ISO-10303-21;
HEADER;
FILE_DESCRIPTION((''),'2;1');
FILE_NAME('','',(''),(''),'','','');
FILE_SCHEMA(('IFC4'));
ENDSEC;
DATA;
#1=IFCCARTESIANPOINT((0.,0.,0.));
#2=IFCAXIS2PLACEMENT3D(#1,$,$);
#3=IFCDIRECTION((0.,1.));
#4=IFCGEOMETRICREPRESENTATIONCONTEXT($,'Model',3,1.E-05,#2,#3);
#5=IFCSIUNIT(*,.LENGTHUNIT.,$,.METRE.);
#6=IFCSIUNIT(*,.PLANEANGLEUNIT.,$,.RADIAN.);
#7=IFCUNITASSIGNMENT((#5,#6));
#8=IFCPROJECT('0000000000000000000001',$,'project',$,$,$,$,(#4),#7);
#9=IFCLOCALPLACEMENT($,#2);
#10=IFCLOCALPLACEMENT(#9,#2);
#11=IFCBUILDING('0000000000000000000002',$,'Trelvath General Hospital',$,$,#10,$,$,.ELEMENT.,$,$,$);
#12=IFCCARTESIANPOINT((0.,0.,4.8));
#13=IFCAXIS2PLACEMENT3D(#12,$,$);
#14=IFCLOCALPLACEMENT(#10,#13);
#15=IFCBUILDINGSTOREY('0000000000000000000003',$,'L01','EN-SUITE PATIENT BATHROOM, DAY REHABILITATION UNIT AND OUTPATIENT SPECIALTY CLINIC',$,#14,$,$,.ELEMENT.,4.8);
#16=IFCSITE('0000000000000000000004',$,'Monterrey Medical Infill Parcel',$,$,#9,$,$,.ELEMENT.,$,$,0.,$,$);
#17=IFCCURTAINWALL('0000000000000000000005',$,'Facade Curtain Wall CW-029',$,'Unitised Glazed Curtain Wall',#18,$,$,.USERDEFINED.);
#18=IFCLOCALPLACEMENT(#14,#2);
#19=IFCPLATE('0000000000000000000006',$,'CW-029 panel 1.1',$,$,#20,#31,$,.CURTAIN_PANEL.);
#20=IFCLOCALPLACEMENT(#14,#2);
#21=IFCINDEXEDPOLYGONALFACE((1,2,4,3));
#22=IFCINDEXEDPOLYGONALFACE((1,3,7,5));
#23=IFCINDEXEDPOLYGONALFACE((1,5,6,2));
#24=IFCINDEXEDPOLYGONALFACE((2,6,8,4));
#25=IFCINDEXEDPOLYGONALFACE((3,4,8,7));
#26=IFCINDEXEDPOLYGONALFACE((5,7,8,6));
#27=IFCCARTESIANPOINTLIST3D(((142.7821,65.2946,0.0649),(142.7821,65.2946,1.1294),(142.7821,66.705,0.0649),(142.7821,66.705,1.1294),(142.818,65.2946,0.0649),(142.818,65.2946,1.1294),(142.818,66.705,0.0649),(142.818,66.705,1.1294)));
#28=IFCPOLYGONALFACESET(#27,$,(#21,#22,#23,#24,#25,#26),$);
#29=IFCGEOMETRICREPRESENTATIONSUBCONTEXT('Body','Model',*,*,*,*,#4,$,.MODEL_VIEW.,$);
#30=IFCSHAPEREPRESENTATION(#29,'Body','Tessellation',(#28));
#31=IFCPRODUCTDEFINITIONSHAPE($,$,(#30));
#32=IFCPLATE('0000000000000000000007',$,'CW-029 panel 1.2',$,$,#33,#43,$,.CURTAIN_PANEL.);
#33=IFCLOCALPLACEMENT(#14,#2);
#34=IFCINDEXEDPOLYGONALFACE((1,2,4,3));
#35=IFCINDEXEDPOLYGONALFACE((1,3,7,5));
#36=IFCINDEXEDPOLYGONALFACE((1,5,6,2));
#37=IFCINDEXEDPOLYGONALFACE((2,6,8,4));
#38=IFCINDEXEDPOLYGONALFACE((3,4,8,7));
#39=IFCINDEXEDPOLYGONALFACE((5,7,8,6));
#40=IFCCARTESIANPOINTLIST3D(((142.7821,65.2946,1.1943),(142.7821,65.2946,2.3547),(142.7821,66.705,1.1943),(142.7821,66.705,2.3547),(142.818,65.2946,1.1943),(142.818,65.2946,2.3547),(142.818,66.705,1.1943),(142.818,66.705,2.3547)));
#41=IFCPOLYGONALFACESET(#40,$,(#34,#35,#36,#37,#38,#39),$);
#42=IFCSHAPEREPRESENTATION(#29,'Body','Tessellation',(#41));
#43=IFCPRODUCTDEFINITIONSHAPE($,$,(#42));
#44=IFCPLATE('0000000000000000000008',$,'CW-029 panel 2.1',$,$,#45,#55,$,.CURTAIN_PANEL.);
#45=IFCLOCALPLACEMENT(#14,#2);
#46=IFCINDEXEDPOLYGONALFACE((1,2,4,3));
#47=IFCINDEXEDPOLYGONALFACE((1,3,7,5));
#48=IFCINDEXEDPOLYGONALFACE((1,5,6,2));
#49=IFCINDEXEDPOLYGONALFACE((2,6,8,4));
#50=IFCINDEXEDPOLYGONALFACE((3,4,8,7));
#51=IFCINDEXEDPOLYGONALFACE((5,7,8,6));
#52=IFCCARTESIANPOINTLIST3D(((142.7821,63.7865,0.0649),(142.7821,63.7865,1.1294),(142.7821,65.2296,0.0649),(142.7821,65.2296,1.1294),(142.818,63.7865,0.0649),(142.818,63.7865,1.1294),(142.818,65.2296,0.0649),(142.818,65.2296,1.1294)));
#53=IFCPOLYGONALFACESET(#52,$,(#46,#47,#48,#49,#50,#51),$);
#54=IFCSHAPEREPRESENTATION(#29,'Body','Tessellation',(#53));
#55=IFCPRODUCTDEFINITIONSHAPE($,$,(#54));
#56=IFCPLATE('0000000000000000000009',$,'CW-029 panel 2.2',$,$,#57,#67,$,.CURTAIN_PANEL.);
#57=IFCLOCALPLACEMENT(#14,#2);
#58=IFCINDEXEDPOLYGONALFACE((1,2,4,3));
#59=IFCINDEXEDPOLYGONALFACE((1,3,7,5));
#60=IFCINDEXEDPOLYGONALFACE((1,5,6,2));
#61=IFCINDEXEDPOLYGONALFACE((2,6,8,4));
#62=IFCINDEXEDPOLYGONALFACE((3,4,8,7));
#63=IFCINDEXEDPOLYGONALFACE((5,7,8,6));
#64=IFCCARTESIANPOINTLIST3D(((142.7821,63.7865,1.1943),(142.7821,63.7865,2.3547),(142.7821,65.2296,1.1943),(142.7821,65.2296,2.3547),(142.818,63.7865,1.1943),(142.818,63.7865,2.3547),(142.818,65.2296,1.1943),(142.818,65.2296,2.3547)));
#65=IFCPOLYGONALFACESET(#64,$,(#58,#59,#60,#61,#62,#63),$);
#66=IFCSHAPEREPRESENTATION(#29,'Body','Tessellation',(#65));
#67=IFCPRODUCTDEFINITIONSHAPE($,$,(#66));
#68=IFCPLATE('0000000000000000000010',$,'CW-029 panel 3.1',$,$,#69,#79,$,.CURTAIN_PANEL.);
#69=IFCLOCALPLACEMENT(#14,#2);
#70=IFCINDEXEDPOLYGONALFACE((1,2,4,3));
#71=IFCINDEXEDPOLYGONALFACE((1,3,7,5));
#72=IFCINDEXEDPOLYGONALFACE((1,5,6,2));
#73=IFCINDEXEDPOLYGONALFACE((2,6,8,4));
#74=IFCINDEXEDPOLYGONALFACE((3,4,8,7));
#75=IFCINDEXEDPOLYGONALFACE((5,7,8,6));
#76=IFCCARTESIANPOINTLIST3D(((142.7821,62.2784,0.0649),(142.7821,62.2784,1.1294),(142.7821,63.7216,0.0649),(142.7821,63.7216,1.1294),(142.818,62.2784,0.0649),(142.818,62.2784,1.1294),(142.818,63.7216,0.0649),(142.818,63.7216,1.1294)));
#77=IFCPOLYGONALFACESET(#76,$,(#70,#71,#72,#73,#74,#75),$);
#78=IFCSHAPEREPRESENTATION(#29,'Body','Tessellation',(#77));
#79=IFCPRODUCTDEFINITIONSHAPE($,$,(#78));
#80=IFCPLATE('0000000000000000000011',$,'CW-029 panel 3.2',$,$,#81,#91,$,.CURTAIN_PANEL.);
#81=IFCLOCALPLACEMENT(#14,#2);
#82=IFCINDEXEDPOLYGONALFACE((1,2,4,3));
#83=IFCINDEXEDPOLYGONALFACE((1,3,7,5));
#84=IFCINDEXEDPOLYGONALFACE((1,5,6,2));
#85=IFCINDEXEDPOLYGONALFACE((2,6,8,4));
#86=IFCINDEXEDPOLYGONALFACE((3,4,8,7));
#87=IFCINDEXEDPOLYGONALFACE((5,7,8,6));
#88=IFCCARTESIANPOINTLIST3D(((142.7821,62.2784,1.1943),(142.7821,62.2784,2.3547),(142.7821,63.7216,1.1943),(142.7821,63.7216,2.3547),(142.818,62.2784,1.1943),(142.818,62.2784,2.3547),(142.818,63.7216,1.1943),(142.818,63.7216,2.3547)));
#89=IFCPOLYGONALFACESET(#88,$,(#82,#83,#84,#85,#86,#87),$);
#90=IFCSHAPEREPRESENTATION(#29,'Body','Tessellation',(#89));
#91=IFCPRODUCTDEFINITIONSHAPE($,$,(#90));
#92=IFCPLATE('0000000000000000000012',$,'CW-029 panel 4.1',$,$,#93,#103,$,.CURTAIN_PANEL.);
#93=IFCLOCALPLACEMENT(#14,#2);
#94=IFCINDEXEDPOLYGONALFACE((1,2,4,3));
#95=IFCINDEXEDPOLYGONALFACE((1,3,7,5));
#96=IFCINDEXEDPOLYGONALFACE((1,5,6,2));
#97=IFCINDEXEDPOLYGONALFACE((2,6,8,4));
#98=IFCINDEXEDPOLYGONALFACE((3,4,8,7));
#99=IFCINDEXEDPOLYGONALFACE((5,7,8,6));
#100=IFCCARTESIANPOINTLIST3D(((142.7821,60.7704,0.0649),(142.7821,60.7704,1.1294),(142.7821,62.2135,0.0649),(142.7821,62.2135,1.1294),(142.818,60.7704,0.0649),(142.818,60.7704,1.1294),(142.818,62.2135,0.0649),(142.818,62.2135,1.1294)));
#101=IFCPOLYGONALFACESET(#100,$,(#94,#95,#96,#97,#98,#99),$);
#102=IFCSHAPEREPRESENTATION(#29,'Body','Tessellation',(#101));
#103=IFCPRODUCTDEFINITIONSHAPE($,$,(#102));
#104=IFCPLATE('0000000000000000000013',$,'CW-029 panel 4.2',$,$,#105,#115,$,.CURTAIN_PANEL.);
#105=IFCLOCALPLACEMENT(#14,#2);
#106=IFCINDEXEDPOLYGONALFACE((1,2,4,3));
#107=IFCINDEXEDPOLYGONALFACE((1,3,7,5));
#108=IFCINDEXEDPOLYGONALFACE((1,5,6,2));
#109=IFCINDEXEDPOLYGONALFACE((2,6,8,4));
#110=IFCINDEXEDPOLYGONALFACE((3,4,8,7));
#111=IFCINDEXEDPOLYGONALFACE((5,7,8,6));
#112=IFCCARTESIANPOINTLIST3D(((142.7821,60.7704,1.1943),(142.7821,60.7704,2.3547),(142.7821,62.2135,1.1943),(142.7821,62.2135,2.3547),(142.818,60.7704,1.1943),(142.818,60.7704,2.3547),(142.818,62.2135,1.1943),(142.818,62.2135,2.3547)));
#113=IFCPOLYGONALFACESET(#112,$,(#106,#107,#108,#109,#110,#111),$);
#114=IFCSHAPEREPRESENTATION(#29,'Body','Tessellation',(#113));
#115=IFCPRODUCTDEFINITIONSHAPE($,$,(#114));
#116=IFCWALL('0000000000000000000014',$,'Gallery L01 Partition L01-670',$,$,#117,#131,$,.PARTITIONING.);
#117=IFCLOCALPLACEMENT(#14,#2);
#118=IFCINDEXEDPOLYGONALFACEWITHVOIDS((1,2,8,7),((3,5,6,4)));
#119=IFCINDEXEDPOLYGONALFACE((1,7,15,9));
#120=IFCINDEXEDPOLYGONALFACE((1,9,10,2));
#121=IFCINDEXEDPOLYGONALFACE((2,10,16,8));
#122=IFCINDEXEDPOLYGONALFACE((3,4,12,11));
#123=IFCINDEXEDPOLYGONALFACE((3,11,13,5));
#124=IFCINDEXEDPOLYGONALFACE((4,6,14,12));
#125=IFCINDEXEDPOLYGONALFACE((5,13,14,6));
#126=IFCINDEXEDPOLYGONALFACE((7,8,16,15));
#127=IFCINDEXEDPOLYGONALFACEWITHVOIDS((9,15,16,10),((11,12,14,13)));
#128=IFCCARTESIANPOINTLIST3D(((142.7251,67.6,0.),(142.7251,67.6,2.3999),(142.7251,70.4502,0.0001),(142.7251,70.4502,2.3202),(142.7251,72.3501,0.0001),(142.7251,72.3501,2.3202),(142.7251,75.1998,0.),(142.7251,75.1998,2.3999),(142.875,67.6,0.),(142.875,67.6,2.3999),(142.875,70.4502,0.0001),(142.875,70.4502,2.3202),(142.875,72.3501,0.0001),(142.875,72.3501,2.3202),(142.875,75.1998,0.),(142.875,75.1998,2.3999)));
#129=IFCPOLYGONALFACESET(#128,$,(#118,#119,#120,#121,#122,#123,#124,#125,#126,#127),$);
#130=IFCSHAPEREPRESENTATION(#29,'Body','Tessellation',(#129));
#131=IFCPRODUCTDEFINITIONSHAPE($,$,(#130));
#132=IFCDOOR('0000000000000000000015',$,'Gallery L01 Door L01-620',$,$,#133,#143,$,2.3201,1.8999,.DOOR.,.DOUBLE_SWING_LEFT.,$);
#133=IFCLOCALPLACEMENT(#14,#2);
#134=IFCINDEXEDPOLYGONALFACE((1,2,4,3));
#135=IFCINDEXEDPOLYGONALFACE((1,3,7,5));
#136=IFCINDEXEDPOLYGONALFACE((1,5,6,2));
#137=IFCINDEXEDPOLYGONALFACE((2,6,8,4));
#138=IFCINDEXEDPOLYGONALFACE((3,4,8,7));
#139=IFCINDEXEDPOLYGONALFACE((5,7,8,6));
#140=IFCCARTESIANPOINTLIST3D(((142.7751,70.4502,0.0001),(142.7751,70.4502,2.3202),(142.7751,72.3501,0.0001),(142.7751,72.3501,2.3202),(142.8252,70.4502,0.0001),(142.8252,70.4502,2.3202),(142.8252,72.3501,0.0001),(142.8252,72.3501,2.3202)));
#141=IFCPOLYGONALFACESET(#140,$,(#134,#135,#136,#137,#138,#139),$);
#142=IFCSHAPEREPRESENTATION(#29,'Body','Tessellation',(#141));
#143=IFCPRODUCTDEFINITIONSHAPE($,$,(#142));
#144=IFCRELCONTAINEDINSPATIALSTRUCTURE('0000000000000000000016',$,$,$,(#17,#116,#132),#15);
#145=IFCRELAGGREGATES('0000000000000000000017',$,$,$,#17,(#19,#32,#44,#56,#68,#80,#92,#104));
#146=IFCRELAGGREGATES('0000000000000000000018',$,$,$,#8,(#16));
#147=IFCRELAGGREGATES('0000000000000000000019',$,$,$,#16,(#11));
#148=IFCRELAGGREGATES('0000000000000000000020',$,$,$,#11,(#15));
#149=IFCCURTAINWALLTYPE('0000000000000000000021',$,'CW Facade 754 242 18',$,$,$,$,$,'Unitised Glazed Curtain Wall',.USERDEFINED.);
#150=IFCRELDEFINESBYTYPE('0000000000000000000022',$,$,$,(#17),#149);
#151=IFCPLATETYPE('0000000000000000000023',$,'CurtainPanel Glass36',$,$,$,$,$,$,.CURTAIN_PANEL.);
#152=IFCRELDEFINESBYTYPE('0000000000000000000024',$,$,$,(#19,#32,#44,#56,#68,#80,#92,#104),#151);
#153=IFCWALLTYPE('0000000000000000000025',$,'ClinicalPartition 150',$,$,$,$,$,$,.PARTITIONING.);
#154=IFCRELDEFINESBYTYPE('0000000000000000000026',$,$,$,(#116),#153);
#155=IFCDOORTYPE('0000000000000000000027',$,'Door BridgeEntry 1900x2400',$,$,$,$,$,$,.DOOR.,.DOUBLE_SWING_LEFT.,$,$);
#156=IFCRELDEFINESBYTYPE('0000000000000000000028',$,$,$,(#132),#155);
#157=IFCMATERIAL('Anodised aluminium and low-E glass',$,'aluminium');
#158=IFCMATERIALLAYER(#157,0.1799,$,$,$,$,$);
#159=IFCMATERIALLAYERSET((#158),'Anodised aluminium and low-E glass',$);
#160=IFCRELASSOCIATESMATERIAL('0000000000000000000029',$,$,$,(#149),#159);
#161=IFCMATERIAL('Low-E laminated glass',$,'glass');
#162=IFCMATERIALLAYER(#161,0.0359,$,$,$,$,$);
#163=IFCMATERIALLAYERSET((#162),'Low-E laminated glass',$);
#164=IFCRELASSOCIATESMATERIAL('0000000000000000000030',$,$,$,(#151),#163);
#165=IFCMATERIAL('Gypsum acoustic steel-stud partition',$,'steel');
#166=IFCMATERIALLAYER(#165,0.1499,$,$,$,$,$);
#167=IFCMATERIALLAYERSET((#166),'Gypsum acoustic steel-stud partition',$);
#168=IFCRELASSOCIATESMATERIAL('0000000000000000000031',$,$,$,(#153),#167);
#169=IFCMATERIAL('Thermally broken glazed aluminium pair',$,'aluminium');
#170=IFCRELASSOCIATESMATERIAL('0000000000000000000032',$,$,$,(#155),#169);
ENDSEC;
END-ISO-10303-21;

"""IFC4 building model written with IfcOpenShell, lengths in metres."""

from ifc_helpers import new_model, si_unit, direction, frame, frame_2d, origin, origin_2d, place, context, subcontext, project, spatial, rectangle, extrude, material, layer, layer_set, type_object, element, fill, aggregate, save


model = new_model("IFC4")

# Units and contexts
model_context = context("Model", 3, precision=1e-05, world=origin(), true_north=direction((0.0, 1.0)))
body_context = subcontext(model_context, "Body", "Model", "MODEL_VIEW")
ifc_project = project(units=[si_unit("LENGTHUNIT", "METRE"), si_unit("PLANEANGLEUNIT", "RADIAN")], contexts=[model_context])

# Site, building, storey
site_placement = place(None, origin())
site = spatial("IfcSite", under=ifc_project, at=site_placement, Name="Monterrey Medical Infill Parcel", CompositionType="ELEMENT", RefElevation=0.0)
building_placement = place(site_placement, origin())
building = spatial("IfcBuilding", under=site, at=building_placement, Name="Trelvath General Hospital", CompositionType="ELEMENT")
storey_placement = place(building_placement, frame((0.0, 0.0, 4.8)))
storey = spatial("IfcBuildingStorey", under=building, at=storey_placement, Name="L01", Description="EN-SUITE PATIENT BATHROOM, DAY REHABILITATION UNIT AND OUTPATIENT SPECIALTY CLINIC", CompositionType="ELEMENT", Elevation=4.8)

# Curtain wall
ifc_material_1 = material(Name="Anodised aluminium and low-E glass", Category="aluminium")
ifc_layer_1 = layer(ifc_material_1, 0.1799)
ifc_layer_set_1 = layer_set([ifc_layer_1], Name="Anodised aluminium and low-E glass")
curtain_wall_type = type_object("IfcCurtainWallType", Name="CW Facade 754 242 18", ElementType="Unitised Glazed Curtain Wall", PredefinedType="USERDEFINED", material=ifc_layer_set_1)
curtain_wall_placement = place(storey_placement, origin())
curtain_wall = element("IfcCurtainWall", 1, at=curtain_wall_placement, inside=storey, type_object=curtain_wall_type, Name="Facade Curtain Wall CW-029", ObjectType="Unitised Glazed Curtain Wall", PredefinedType="USERDEFINED")

# Plates
ifc_material_2 = material(Name="Low-E laminated glass", Category="glass")
ifc_layer_2 = layer(ifc_material_2, 0.0359)
ifc_layer_set_2 = layer_set([ifc_layer_2], Name="Low-E laminated glass")
plate_type = type_object("IfcPlateType", Name="CurtainPanel Glass36", PredefinedType="CURTAIN_PANEL", material=ifc_layer_set_2)
plate_1_placement = place(storey_placement, frame((142.8, 65.9998, 0.0649), z_axis=(0.0, 0.0, 1.0), x_axis=(0.0, -1.0, 0.0)))
plate_1 = element("IfcPlate", 2, at=plate_1_placement, type_object=plate_type, Name="CW-029 panel 1.1", PredefinedType="CURTAIN_PANEL", context=body_context, shape_type="SweptSolid", body=[
    extrude(rectangle(XDim=1.4104, YDim=0.0359, at=origin_2d()), origin(), (0.0, 0.0, 1.0), 1.0645),
])
plate_2_placement = place(storey_placement, frame((142.8, 65.9998, 1.1943), z_axis=(0.0, 0.0, 1.0), x_axis=(0.0, -1.0, 0.0)))
plate_2 = element("IfcPlate", 3, at=plate_2_placement, type_object=plate_type, Name="CW-029 panel 1.2", PredefinedType="CURTAIN_PANEL", context=body_context, shape_type="SweptSolid", body=[
    extrude(rectangle(XDim=1.4104, YDim=0.0359, at=origin_2d()), origin(), (0.0, 0.0, 1.0), 1.1604),
])
plate_3_placement = place(storey_placement, frame((142.8, 64.5081, 0.0649), z_axis=(0.0, 0.0, 1.0), x_axis=(0.0, -1.0, 0.0)))
plate_3 = element("IfcPlate", 4, at=plate_3_placement, type_object=plate_type, Name="CW-029 panel 2.1", PredefinedType="CURTAIN_PANEL", context=body_context, shape_type="SweptSolid", body=[
    extrude(rectangle(XDim=1.4431, YDim=0.0359, at=origin_2d()), origin(), (0.0, 0.0, 1.0), 1.0645),
])
plate_4_placement = place(storey_placement, frame((142.8, 64.5081, 1.1943), z_axis=(0.0, 0.0, 1.0), x_axis=(0.0, -1.0, 0.0)))
plate_4 = element("IfcPlate", 5, at=plate_4_placement, type_object=plate_type, Name="CW-029 panel 2.2", PredefinedType="CURTAIN_PANEL", context=body_context, shape_type="SweptSolid", body=[
    extrude(rectangle(XDim=1.4431, YDim=0.0359, at=origin_2d()), origin(), (0.0, 0.0, 1.0), 1.1604),
])
plate_5_placement = place(storey_placement, frame((142.8, 63.0, 0.0649), z_axis=(0.0, 0.0, 1.0), x_axis=(0.0, -1.0, 0.0)))
plate_5 = element("IfcPlate", 6, at=plate_5_placement, type_object=plate_type, Name="CW-029 panel 3.1", PredefinedType="CURTAIN_PANEL", context=body_context, shape_type="SweptSolid", body=[
    extrude(rectangle(XDim=1.4431, YDim=0.0359, at=origin_2d()), origin(), (0.0, 0.0, 1.0), 1.0645),
])
plate_6_placement = place(storey_placement, frame((142.8, 63.0, 1.1943), z_axis=(0.0, 0.0, 1.0), x_axis=(0.0, -1.0, 0.0)))
plate_6 = element("IfcPlate", 7, at=plate_6_placement, type_object=plate_type, Name="CW-029 panel 3.2", PredefinedType="CURTAIN_PANEL", context=body_context, shape_type="SweptSolid", body=[
    extrude(rectangle(XDim=1.4431, YDim=0.0359, at=origin_2d()), origin(), (0.0, 0.0, 1.0), 1.1604),
])
plate_7_placement = place(storey_placement, frame((142.8, 61.4919, 0.0649), z_axis=(0.0, 0.0, 1.0), x_axis=(0.0, -1.0, 0.0)))
plate_7 = element("IfcPlate", 8, at=plate_7_placement, type_object=plate_type, Name="CW-029 panel 4.1", PredefinedType="CURTAIN_PANEL", context=body_context, shape_type="SweptSolid", body=[
    extrude(rectangle(XDim=1.4431, YDim=0.0359, at=origin_2d()), origin(), (0.0, 0.0, 1.0), 1.0645),
])
plate_8_placement = place(storey_placement, frame((142.8, 61.4919, 1.1943), z_axis=(0.0, 0.0, 1.0), x_axis=(0.0, -1.0, 0.0)))
plate_8 = element("IfcPlate", 9, at=plate_8_placement, type_object=plate_type, Name="CW-029 panel 4.2", PredefinedType="CURTAIN_PANEL", context=body_context, shape_type="SweptSolid", body=[
    extrude(rectangle(XDim=1.4431, YDim=0.0359, at=origin_2d()), origin(), (0.0, 0.0, 1.0), 1.1604),
])
aggregate(curtain_wall, [plate_1, plate_2, plate_3, plate_4, plate_5, plate_6, plate_7, plate_8])

# Wall, opening, door
ifc_material_3 = material(Name="Gypsum acoustic steel-stud partition", Category="steel")
ifc_layer_3 = layer(ifc_material_3, 0.1499)
ifc_layer_set_3 = layer_set([ifc_layer_3], Name="Gypsum acoustic steel-stud partition")
wall_type_1 = type_object("IfcWallType", Name="ClinicalPartition 150", PredefinedType="PARTITIONING", material=ifc_layer_set_3)
wall_1_placement = place(storey_placement, frame((142.8, 67.6001, 0.0), z_axis=(0.0, 0.0, 1.0), x_axis=(0.0, 1.0, 0.0)))
wall_1 = element("IfcWall", 10, at=wall_1_placement, inside=storey, type_object=wall_type_1, Name="Gallery L01 Partition L01-670", PredefinedType="PARTITIONING", context=body_context, shape_type="SweptSolid", body=[
    extrude(rectangle(XDim=7.5999, YDim=0.1499, at=frame_2d((3.7998, 0.0))), origin(), (0.0, 0.0, 1.0), 2.3999),
])
opening_1_placement = place(wall_1_placement, frame((2.8501, 0.0, 0.0)))
opening_1 = element("IfcOpeningElement", 11, at=opening_1_placement, cuts=wall_1, PredefinedType="OPENING", context=body_context, shape_type="SweptSolid", body=[
    extrude(rectangle(XDim=1.8999, YDim=2.3201, at=frame_2d((0.95, 1.1602))), frame((0.0, 0.085, 0.0), z_axis=(0.0, -1.0, 0.0), x_axis=(1.0, 0.0, 0.0)), (0.0, 0.0, 1.0), 0.1699),
])
ifc_material_4 = material(Name="Thermally broken glazed aluminium pair", Category="aluminium")
door_type = type_object("IfcDoorType", Name="Door BridgeEntry 1900x2400", OperationType="DOUBLE_SWING_LEFT", PredefinedType="DOOR", material=ifc_material_4)
door_placement = place(opening_1_placement, origin())
door = element("IfcDoor", 12, at=door_placement, inside=storey, type_object=door_type, Name="Gallery L01 Door L01-620", OperationType="DOUBLE_SWING_LEFT", OverallHeight=2.3201, OverallWidth=1.8999, PredefinedType="DOOR", context=body_context, shape_type="SweptSolid", body=[
    extrude(rectangle(XDim=1.8999, YDim=2.3201, at=frame_2d((0.95, 1.1602))), frame((0.0, 0.0249, 0.0), z_axis=(0.0, -1.0, 0.0), x_axis=(1.0, 0.0, 0.0)), (0.0, 0.0, 1.0), 0.05),
])
fill(opening_1, door)

save(model, "model.ifc")
